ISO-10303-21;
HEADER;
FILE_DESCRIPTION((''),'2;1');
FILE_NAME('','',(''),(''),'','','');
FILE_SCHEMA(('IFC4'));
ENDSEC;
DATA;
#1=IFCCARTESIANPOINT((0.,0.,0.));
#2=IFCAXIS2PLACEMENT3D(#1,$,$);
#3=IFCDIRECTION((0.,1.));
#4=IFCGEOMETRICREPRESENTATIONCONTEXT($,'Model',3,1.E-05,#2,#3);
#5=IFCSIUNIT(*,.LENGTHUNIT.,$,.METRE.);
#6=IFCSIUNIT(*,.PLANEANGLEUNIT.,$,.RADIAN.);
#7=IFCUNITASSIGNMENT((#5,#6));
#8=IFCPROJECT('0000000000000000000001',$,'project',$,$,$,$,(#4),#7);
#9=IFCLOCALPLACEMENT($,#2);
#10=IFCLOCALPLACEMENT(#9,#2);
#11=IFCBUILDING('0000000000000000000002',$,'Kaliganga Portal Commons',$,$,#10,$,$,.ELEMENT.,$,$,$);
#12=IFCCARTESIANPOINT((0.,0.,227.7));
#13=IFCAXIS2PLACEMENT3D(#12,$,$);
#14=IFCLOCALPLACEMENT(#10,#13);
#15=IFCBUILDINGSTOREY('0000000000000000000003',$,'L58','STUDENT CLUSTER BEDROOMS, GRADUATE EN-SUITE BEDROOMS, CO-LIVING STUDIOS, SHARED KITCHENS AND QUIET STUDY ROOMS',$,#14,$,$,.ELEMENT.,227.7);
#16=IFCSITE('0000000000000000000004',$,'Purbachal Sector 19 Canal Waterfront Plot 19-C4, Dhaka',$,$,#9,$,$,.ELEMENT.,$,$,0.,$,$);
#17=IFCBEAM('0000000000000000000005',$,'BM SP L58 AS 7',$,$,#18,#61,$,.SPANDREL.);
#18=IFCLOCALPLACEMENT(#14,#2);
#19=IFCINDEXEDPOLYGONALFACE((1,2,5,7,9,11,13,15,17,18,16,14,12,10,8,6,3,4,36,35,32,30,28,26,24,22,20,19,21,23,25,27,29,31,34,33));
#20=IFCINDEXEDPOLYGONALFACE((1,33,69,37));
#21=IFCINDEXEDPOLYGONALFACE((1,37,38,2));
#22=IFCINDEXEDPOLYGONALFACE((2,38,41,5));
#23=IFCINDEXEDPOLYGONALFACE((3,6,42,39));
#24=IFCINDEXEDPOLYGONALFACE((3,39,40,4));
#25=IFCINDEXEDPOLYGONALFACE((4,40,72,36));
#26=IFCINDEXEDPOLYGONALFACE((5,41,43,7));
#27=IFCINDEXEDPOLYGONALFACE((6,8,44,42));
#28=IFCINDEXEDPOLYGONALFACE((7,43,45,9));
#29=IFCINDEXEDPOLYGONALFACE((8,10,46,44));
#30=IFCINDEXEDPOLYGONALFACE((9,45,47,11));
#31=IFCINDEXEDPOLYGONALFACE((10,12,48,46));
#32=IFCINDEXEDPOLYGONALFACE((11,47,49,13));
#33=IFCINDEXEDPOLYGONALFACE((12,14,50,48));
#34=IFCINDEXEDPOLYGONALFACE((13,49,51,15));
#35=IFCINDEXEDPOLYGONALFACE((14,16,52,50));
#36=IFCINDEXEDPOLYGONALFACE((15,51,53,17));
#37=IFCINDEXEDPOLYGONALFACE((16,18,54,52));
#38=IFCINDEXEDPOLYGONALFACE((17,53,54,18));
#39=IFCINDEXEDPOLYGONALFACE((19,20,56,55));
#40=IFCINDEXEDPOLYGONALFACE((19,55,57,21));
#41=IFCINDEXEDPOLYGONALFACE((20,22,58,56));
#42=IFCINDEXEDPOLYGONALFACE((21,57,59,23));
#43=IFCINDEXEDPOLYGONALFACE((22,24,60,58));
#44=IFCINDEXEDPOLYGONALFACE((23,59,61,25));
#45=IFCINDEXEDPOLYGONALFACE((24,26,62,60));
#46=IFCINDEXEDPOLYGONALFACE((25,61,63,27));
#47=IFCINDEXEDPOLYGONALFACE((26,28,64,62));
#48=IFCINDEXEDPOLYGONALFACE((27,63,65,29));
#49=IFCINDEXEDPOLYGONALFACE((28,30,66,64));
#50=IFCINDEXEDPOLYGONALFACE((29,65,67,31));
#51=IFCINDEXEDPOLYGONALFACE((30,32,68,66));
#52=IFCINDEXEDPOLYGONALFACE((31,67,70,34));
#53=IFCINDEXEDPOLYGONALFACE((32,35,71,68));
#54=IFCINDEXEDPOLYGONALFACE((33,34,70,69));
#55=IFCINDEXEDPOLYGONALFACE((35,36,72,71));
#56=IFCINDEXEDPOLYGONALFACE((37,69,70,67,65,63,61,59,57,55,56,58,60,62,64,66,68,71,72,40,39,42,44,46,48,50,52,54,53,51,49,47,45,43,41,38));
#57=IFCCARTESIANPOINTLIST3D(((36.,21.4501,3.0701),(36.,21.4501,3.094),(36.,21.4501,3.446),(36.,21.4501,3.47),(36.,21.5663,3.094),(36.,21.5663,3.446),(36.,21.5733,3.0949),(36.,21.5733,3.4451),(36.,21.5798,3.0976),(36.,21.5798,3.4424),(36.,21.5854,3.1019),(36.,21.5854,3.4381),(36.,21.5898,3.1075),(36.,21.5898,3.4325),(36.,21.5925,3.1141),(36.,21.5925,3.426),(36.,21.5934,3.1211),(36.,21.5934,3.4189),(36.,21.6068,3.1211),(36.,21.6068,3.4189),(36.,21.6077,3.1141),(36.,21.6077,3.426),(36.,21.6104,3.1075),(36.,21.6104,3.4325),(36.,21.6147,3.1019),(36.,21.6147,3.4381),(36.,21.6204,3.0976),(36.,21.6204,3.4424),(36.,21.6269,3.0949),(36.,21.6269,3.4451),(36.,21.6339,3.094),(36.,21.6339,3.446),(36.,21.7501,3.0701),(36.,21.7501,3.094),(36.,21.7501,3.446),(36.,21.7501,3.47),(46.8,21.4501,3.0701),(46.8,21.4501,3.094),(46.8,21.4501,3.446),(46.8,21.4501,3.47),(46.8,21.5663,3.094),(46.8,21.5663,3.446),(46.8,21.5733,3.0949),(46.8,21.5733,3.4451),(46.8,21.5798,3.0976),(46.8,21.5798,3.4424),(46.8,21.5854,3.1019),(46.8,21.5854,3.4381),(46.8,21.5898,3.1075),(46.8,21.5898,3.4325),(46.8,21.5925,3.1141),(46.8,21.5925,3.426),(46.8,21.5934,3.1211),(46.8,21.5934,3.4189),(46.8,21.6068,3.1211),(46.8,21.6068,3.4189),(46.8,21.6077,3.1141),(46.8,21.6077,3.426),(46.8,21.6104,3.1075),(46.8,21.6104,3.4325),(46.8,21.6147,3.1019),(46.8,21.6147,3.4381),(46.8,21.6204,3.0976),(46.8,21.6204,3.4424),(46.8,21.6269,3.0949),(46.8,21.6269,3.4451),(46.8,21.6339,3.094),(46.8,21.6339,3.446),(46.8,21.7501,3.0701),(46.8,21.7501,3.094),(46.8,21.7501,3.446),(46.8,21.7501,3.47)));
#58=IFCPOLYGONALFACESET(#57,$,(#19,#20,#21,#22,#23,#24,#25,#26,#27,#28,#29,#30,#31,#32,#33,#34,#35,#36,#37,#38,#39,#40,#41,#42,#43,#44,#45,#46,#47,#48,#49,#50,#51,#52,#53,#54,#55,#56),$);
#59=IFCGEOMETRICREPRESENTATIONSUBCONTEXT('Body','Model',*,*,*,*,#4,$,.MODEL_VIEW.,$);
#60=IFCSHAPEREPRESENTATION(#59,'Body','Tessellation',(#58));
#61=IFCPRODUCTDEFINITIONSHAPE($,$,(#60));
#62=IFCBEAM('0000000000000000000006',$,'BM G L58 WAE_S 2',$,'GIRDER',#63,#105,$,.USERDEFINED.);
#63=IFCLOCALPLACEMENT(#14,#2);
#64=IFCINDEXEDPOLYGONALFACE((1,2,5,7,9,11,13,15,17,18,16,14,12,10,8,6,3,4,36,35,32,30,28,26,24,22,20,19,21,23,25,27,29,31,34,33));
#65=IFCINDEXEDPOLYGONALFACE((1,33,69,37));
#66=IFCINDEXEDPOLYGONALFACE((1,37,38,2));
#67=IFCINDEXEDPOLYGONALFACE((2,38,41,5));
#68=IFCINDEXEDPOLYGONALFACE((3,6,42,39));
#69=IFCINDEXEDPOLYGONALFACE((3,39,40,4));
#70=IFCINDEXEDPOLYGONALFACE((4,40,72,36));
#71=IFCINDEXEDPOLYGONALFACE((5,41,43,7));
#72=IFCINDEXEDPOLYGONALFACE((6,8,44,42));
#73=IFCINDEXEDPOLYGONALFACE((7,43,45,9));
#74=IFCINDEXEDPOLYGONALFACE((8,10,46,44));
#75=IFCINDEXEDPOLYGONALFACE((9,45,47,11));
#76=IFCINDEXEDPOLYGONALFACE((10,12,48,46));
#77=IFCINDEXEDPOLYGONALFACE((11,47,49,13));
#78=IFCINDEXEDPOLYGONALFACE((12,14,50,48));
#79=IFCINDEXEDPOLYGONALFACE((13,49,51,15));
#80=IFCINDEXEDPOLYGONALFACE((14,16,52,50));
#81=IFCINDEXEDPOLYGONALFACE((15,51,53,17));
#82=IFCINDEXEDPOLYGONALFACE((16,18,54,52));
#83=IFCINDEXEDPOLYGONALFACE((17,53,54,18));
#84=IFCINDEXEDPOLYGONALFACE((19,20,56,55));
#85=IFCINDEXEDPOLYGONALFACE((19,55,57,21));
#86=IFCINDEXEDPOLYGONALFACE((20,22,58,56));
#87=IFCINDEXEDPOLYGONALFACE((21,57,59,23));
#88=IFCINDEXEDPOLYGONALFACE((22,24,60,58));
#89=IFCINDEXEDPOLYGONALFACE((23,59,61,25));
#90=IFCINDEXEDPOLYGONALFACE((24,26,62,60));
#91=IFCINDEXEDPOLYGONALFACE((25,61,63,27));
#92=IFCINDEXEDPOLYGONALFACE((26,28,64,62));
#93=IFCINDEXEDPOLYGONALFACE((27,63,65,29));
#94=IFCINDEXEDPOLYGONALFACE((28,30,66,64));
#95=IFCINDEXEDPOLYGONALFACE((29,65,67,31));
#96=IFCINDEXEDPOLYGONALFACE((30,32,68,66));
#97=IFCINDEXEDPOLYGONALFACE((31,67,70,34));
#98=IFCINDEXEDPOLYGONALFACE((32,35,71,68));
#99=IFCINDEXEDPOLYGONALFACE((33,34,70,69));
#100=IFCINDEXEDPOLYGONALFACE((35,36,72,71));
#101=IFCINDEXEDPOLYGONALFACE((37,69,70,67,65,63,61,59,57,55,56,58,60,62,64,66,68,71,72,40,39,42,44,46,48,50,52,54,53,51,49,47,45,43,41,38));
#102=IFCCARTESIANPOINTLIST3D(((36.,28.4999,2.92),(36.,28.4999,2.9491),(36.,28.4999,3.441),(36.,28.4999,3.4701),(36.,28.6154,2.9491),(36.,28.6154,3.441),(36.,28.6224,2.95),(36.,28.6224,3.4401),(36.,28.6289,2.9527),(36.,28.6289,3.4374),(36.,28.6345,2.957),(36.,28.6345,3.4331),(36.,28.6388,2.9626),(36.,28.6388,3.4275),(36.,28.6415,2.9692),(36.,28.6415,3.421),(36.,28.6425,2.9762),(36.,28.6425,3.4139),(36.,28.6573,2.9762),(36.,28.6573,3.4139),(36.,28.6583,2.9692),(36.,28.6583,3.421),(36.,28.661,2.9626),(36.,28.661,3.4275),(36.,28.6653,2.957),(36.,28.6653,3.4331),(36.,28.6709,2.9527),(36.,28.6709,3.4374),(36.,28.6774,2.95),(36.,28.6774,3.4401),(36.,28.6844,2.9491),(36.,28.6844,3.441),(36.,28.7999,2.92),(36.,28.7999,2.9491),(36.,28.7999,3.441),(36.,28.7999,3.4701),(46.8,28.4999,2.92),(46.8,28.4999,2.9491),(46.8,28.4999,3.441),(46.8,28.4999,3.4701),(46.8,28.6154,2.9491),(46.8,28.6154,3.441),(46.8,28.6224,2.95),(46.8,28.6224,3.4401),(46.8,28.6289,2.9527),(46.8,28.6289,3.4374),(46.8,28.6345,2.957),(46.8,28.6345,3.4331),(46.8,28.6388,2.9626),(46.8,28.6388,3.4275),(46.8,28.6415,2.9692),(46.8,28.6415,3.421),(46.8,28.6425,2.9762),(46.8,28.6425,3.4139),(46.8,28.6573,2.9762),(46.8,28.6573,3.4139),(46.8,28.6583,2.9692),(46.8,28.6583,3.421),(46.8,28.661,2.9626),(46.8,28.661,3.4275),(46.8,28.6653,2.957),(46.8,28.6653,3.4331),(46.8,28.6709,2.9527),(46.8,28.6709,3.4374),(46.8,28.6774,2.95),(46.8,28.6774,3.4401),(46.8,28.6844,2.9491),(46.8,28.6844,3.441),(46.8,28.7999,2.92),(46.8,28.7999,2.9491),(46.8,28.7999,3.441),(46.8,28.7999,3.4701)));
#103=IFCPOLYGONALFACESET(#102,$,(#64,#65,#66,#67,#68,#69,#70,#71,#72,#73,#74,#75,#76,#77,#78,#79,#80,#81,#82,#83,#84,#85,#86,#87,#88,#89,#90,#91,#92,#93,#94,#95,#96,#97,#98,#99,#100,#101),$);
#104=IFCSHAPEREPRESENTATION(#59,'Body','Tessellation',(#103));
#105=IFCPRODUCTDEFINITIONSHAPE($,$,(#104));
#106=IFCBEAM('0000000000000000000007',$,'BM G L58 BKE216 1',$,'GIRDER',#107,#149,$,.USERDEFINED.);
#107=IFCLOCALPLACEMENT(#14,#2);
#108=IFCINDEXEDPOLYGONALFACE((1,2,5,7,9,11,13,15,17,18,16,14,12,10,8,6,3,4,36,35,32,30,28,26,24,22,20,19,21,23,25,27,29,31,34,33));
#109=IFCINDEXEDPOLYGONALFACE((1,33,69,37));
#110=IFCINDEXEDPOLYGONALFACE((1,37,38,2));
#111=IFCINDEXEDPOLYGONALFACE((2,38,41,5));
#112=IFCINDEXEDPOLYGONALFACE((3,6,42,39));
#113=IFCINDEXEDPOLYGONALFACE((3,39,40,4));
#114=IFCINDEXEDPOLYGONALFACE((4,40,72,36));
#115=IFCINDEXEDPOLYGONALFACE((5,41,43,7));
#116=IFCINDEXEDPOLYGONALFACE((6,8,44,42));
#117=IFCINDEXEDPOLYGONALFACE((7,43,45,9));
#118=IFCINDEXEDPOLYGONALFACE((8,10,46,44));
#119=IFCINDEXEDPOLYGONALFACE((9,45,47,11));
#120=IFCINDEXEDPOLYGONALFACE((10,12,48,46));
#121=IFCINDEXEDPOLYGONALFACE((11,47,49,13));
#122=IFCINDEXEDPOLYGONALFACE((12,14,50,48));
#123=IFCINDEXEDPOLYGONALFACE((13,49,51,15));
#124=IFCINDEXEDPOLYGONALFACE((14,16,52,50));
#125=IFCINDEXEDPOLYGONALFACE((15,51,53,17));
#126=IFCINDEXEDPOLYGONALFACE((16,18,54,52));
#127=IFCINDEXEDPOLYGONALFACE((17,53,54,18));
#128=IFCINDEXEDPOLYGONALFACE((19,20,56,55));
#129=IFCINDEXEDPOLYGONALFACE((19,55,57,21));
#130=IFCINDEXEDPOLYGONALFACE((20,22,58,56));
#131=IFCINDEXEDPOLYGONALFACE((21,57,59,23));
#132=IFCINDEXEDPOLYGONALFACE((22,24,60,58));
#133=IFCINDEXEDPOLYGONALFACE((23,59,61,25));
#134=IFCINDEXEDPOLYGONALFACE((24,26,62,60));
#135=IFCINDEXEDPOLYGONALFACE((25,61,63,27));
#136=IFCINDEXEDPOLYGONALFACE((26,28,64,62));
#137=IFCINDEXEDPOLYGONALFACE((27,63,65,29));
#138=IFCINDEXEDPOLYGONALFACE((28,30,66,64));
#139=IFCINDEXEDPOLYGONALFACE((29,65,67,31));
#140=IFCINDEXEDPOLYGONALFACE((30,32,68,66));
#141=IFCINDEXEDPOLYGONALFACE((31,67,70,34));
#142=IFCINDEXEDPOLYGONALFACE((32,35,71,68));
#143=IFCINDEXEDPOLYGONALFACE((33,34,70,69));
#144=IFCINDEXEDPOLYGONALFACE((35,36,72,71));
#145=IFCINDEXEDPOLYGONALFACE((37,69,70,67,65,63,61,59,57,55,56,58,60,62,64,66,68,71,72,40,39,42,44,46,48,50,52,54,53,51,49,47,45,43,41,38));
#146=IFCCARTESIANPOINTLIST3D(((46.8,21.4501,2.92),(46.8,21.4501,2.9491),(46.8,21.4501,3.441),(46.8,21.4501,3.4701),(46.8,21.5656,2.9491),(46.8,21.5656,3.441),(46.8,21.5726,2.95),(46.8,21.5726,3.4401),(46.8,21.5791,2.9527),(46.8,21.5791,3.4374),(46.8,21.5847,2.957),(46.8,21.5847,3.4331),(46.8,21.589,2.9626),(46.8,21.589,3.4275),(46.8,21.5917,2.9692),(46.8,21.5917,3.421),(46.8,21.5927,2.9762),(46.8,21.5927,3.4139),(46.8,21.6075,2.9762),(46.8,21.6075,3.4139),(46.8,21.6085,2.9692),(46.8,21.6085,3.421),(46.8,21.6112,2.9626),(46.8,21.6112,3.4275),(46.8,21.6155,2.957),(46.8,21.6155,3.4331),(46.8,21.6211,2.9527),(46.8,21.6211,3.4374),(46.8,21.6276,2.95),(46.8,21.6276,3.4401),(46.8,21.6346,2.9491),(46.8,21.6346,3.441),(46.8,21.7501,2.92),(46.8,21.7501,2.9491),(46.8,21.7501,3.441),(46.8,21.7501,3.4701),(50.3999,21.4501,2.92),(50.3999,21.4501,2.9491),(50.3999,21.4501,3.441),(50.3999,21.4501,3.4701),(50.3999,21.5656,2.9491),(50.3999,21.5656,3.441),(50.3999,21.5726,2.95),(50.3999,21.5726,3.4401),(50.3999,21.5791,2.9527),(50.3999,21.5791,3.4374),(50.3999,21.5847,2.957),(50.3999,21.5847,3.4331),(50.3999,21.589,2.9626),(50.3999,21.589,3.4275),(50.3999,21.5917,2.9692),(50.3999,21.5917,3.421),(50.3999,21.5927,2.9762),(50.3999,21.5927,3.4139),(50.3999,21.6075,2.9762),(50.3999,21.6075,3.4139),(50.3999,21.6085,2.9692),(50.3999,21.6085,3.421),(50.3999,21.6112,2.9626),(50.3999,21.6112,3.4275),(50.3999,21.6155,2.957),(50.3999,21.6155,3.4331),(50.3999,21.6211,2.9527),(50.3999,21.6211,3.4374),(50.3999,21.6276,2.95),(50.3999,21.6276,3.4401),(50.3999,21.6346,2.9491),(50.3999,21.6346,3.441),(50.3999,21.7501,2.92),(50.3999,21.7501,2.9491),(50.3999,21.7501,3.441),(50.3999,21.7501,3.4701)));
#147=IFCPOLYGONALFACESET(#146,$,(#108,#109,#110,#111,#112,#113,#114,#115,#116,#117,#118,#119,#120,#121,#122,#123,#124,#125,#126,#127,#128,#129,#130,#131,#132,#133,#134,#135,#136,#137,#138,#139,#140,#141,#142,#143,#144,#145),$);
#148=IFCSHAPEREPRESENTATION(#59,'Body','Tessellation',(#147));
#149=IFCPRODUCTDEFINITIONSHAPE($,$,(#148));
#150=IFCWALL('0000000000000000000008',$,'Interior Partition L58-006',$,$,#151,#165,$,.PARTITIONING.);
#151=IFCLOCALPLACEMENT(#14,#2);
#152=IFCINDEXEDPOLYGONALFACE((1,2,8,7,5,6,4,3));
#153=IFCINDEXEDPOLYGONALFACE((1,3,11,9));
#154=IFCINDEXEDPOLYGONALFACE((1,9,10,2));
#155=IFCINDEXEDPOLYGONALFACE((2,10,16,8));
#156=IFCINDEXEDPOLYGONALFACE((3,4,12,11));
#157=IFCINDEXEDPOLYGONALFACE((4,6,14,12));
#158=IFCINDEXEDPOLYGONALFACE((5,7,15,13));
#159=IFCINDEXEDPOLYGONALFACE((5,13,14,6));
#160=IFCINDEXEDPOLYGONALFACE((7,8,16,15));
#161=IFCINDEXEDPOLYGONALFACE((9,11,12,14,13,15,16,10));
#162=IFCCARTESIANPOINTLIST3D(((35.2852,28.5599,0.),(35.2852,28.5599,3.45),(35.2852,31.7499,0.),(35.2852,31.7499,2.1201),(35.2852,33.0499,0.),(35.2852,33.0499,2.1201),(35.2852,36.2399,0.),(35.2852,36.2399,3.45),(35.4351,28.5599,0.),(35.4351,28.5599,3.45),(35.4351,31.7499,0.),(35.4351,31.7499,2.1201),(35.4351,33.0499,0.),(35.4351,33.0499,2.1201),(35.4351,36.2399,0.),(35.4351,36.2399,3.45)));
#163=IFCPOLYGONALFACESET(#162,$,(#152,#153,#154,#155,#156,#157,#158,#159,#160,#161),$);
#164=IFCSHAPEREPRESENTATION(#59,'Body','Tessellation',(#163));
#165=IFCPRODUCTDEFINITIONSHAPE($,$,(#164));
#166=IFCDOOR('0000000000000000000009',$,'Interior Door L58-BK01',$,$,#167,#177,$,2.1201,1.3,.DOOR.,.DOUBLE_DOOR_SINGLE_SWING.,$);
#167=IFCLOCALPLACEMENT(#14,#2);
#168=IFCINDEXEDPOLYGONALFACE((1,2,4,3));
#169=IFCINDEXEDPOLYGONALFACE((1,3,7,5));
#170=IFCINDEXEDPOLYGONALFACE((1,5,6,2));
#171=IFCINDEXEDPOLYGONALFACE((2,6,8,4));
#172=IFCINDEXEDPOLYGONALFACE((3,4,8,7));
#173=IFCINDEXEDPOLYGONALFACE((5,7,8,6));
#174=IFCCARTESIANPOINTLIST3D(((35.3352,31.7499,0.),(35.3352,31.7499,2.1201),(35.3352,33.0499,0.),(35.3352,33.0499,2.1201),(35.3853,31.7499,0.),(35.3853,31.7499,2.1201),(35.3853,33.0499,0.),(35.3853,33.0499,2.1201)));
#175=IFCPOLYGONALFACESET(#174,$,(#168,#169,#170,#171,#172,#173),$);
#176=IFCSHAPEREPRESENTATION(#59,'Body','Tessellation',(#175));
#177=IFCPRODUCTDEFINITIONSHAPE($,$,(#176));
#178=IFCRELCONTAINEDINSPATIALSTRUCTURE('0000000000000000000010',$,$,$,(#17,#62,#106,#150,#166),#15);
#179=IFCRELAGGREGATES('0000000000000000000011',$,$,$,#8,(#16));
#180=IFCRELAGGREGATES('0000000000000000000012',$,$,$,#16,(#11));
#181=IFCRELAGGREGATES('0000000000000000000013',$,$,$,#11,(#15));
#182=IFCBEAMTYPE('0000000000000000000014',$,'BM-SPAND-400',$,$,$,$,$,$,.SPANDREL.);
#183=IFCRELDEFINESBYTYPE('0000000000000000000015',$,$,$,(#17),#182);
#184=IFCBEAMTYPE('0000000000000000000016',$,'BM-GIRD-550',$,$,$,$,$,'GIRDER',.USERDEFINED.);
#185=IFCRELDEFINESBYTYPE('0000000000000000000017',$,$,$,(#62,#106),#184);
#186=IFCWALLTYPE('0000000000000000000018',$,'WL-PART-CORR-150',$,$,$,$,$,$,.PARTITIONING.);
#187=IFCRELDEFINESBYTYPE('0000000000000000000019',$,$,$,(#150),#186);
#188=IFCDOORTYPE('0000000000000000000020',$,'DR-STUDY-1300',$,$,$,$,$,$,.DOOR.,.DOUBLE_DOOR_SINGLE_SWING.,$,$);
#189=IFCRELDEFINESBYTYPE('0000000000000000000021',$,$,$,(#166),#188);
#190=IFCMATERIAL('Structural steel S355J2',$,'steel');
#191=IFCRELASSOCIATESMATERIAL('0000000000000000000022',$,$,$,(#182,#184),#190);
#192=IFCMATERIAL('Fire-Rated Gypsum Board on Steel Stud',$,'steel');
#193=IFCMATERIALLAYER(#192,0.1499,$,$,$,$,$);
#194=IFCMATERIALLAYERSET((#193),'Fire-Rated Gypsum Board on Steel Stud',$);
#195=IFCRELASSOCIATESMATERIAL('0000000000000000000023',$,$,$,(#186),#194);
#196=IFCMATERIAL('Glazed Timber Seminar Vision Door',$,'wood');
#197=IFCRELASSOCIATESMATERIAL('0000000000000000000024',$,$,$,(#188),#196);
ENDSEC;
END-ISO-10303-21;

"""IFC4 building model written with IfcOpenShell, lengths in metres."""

from ifc_helpers import new_model, si_unit, direction, frame, frame_2d, origin, origin_2d, place, context, subcontext, project, spatial, rectangle, i_section, extrude, source, transform, mapped, material, layer, layer_set, material_profile, profile_set, type_object, element, fill, save


model = new_model("IFC4")

# Units and contexts
model_context = context("Model", 3, precision=1e-05, world=origin(), true_north=direction((0.0, 1.0)))
body_context = subcontext(model_context, "Body", "Model", "MODEL_VIEW")
ifc_project = project(units=[si_unit("LENGTHUNIT", "METRE"), si_unit("PLANEANGLEUNIT", "RADIAN")], contexts=[model_context])

# Site, building, storey
site_placement = place(None, origin())
site = spatial("IfcSite", under=ifc_project, at=site_placement, Name="Purbachal Sector 19 Canal Waterfront Plot 19-C4, Dhaka", CompositionType="ELEMENT", RefElevation=0.0)
building_placement = place(site_placement, origin())
building = spatial("IfcBuilding", under=site, at=building_placement, Name="Kaliganga Portal Commons", CompositionType="ELEMENT")
storey_placement = place(building_placement, frame((0.0, 0.0, 227.7)))
storey = spatial("IfcBuildingStorey", under=building, at=storey_placement, Name="L58", Description="STUDENT CLUSTER BEDROOMS, GRADUATE EN-SUITE BEDROOMS, CO-LIVING STUDIOS, SHARED KITCHENS AND QUIET STUDY ROOMS", CompositionType="ELEMENT", Elevation=227.7)

# Beams
ifc_material_1 = material(Name="Structural steel S355J2", Category="steel")
ifc_material_profile_1 = material_profile(ifc_material_1, i_section(OverallWidth=0.3, OverallDepth=0.3999, WebThickness=0.0134, FlangeThickness=0.0239, FilletRadius=0.0271, at=origin_2d()), Name="HE 400 B")
ifc_profile_set_1 = profile_set([ifc_material_profile_1], Name="Structural steel S355J2 wide-flange")
beam_type_1 = type_object("IfcBeamType", Name="BM-SPAND-400", PredefinedType="SPANDREL", material=ifc_profile_set_1)
shared_shape_1 = source(origin(), body_context, "Body", "SweptSolid", [
    extrude(i_section(OverallWidth=0.3, OverallDepth=0.3999, WebThickness=0.0134, FlangeThickness=0.0239, FilletRadius=0.0271, at=origin_2d()), origin(), (0.0, 0.0, 1.0), 10.8),
])
beam_1_placement = place(storey_placement, frame((36.0, 21.6001, 3.27), z_axis=(1.0, 0.0, 0.0), x_axis=(0.0, 1.0, 0.0)))
element("IfcBeam", 1, at=beam_1_placement, inside=storey, type_object=beam_type_1, Name="BM SP L58 AS 7", PredefinedType="SPANDREL", context=body_context, shape_type="MappedRepresentation", body=[
    mapped(shared_shape_1, transform((0.0, 0.0, 0.0), x_axis=(1.0, 0.0, 0.0), y_axis=(0.0, 1.0, 0.0), z_axis=(0.0, 0.0, 1.0), scale=1.0)),
])
ifc_material_profile_2 = material_profile(ifc_material_1, i_section(OverallWidth=0.3, OverallDepth=0.55, WebThickness=0.0149, FlangeThickness=0.0291, FilletRadius=0.0271, at=origin_2d()), Name="HE 550 B")
ifc_profile_set_2 = profile_set([ifc_material_profile_2], Name="Structural steel S355J2 wide-flange")
beam_type_2 = type_object("IfcBeamType", Name="BM-GIRD-550", ElementType="GIRDER", PredefinedType="USERDEFINED", material=ifc_profile_set_2)
shared_shape_2 = source(origin(), body_context, "Body", "SweptSolid", [
    extrude(i_section(OverallWidth=0.3, OverallDepth=0.55, WebThickness=0.0149, FlangeThickness=0.0291, FilletRadius=0.0271, at=origin_2d()), origin(), (0.0, 0.0, 1.0), 10.8),
])
beam_2_placement = place(storey_placement, frame((36.0, 28.6499, 3.1951), z_axis=(1.0, 0.0, 0.0), x_axis=(0.0, 1.0, 0.0)))
element("IfcBeam", 2, at=beam_2_placement, inside=storey, type_object=beam_type_2, Name="BM G L58 WAE_S 2", ObjectType="GIRDER", PredefinedType="USERDEFINED", context=body_context, shape_type="MappedRepresentation", body=[
    mapped(shared_shape_2, transform((0.0, 0.0, 0.0), x_axis=(1.0, 0.0, 0.0), y_axis=(0.0, 1.0, 0.0), z_axis=(0.0, 0.0, 1.0), scale=1.0)),
])
shared_shape_3 = source(origin(), body_context, "Body", "SweptSolid", [
    extrude(i_section(OverallWidth=0.3, OverallDepth=0.55, WebThickness=0.0149, FlangeThickness=0.0291, FilletRadius=0.0271, at=origin_2d()), origin(), (0.0, 0.0, 1.0), 3.5999),
])
beam_3_placement = place(storey_placement, frame((46.8, 21.6001, 3.1951), z_axis=(1.0, 0.0, 0.0), x_axis=(0.0, 1.0, 0.0)))
element("IfcBeam", 3, at=beam_3_placement, inside=storey, type_object=beam_type_2, Name="BM G L58 BKE216 1", ObjectType="GIRDER", PredefinedType="USERDEFINED", context=body_context, shape_type="MappedRepresentation", body=[
    mapped(shared_shape_3, transform((0.0, 0.0, 0.0), x_axis=(1.0, 0.0, 0.0), y_axis=(0.0, 1.0, 0.0), z_axis=(0.0, 0.0, 1.0), scale=1.0)),
])

# Wall, opening, door
ifc_material_2 = material(Name="Fire-Rated Gypsum Board on Steel Stud", Category="steel")
ifc_layer_1 = layer(ifc_material_2, 0.1499)
ifc_layer_set_1 = layer_set([ifc_layer_1], Name="Fire-Rated Gypsum Board on Steel Stud")
wall_type_1 = type_object("IfcWallType", Name="WL-PART-CORR-150", PredefinedType="PARTITIONING", material=ifc_layer_set_1)
wall_1_placement = place(storey_placement, frame((35.3601, 28.5601, 0.0), z_axis=(0.0, 0.0, 1.0), x_axis=(0.0, 1.0, 0.0)))
wall_1 = element("IfcWall", 4, at=wall_1_placement, inside=storey, type_object=wall_type_1, Name="Interior Partition L58-006", PredefinedType="PARTITIONING", context=body_context, shape_type="SweptSolid", body=[
    extrude(rectangle(XDim=7.6799, YDim=0.1499, at=frame_2d((3.8398, 0.0))), origin(), (0.0, 0.0, 1.0), 3.45),
])
opening_1_placement = place(wall_1_placement, frame((3.1899, 0.0, 0.0)))
opening_1 = element("IfcOpeningElement", 5, at=opening_1_placement, cuts=wall_1, PredefinedType="OPENING", context=body_context, shape_type="SweptSolid", body=[
    extrude(rectangle(XDim=1.3, YDim=2.1201, at=frame_2d((0.6499, 1.0601))), frame((0.0, 0.085, 0.0), z_axis=(0.0, -1.0, 0.0), x_axis=(1.0, 0.0, 0.0)), (0.0, 0.0, 1.0), 0.1699),
])
ifc_material_3 = material(Name="Glazed Timber Seminar Vision Door", Category="wood")
door_type_1 = type_object("IfcDoorType", Name="DR-STUDY-1300", OperationType="DOUBLE_DOOR_SINGLE_SWING", PredefinedType="DOOR", material=ifc_material_3)
door_1_placement = place(opening_1_placement, origin())
door_1 = element("IfcDoor", 6, at=door_1_placement, inside=storey, type_object=door_type_1, Name="Interior Door L58-BK01", OperationType="DOUBLE_DOOR_SINGLE_SWING", OverallHeight=2.1201, OverallWidth=1.3, PredefinedType="DOOR", context=body_context, shape_type="SweptSolid", body=[
    extrude(rectangle(XDim=1.3, YDim=2.1201, at=frame_2d((0.6499, 1.0601))), frame((0.0, 0.0249, 0.0), z_axis=(0.0, -1.0, 0.0), x_axis=(1.0, 0.0, 0.0)), (0.0, 0.0, 1.0), 0.05),
])
fill(opening_1, door_1)

save(model, "model.ifc")
